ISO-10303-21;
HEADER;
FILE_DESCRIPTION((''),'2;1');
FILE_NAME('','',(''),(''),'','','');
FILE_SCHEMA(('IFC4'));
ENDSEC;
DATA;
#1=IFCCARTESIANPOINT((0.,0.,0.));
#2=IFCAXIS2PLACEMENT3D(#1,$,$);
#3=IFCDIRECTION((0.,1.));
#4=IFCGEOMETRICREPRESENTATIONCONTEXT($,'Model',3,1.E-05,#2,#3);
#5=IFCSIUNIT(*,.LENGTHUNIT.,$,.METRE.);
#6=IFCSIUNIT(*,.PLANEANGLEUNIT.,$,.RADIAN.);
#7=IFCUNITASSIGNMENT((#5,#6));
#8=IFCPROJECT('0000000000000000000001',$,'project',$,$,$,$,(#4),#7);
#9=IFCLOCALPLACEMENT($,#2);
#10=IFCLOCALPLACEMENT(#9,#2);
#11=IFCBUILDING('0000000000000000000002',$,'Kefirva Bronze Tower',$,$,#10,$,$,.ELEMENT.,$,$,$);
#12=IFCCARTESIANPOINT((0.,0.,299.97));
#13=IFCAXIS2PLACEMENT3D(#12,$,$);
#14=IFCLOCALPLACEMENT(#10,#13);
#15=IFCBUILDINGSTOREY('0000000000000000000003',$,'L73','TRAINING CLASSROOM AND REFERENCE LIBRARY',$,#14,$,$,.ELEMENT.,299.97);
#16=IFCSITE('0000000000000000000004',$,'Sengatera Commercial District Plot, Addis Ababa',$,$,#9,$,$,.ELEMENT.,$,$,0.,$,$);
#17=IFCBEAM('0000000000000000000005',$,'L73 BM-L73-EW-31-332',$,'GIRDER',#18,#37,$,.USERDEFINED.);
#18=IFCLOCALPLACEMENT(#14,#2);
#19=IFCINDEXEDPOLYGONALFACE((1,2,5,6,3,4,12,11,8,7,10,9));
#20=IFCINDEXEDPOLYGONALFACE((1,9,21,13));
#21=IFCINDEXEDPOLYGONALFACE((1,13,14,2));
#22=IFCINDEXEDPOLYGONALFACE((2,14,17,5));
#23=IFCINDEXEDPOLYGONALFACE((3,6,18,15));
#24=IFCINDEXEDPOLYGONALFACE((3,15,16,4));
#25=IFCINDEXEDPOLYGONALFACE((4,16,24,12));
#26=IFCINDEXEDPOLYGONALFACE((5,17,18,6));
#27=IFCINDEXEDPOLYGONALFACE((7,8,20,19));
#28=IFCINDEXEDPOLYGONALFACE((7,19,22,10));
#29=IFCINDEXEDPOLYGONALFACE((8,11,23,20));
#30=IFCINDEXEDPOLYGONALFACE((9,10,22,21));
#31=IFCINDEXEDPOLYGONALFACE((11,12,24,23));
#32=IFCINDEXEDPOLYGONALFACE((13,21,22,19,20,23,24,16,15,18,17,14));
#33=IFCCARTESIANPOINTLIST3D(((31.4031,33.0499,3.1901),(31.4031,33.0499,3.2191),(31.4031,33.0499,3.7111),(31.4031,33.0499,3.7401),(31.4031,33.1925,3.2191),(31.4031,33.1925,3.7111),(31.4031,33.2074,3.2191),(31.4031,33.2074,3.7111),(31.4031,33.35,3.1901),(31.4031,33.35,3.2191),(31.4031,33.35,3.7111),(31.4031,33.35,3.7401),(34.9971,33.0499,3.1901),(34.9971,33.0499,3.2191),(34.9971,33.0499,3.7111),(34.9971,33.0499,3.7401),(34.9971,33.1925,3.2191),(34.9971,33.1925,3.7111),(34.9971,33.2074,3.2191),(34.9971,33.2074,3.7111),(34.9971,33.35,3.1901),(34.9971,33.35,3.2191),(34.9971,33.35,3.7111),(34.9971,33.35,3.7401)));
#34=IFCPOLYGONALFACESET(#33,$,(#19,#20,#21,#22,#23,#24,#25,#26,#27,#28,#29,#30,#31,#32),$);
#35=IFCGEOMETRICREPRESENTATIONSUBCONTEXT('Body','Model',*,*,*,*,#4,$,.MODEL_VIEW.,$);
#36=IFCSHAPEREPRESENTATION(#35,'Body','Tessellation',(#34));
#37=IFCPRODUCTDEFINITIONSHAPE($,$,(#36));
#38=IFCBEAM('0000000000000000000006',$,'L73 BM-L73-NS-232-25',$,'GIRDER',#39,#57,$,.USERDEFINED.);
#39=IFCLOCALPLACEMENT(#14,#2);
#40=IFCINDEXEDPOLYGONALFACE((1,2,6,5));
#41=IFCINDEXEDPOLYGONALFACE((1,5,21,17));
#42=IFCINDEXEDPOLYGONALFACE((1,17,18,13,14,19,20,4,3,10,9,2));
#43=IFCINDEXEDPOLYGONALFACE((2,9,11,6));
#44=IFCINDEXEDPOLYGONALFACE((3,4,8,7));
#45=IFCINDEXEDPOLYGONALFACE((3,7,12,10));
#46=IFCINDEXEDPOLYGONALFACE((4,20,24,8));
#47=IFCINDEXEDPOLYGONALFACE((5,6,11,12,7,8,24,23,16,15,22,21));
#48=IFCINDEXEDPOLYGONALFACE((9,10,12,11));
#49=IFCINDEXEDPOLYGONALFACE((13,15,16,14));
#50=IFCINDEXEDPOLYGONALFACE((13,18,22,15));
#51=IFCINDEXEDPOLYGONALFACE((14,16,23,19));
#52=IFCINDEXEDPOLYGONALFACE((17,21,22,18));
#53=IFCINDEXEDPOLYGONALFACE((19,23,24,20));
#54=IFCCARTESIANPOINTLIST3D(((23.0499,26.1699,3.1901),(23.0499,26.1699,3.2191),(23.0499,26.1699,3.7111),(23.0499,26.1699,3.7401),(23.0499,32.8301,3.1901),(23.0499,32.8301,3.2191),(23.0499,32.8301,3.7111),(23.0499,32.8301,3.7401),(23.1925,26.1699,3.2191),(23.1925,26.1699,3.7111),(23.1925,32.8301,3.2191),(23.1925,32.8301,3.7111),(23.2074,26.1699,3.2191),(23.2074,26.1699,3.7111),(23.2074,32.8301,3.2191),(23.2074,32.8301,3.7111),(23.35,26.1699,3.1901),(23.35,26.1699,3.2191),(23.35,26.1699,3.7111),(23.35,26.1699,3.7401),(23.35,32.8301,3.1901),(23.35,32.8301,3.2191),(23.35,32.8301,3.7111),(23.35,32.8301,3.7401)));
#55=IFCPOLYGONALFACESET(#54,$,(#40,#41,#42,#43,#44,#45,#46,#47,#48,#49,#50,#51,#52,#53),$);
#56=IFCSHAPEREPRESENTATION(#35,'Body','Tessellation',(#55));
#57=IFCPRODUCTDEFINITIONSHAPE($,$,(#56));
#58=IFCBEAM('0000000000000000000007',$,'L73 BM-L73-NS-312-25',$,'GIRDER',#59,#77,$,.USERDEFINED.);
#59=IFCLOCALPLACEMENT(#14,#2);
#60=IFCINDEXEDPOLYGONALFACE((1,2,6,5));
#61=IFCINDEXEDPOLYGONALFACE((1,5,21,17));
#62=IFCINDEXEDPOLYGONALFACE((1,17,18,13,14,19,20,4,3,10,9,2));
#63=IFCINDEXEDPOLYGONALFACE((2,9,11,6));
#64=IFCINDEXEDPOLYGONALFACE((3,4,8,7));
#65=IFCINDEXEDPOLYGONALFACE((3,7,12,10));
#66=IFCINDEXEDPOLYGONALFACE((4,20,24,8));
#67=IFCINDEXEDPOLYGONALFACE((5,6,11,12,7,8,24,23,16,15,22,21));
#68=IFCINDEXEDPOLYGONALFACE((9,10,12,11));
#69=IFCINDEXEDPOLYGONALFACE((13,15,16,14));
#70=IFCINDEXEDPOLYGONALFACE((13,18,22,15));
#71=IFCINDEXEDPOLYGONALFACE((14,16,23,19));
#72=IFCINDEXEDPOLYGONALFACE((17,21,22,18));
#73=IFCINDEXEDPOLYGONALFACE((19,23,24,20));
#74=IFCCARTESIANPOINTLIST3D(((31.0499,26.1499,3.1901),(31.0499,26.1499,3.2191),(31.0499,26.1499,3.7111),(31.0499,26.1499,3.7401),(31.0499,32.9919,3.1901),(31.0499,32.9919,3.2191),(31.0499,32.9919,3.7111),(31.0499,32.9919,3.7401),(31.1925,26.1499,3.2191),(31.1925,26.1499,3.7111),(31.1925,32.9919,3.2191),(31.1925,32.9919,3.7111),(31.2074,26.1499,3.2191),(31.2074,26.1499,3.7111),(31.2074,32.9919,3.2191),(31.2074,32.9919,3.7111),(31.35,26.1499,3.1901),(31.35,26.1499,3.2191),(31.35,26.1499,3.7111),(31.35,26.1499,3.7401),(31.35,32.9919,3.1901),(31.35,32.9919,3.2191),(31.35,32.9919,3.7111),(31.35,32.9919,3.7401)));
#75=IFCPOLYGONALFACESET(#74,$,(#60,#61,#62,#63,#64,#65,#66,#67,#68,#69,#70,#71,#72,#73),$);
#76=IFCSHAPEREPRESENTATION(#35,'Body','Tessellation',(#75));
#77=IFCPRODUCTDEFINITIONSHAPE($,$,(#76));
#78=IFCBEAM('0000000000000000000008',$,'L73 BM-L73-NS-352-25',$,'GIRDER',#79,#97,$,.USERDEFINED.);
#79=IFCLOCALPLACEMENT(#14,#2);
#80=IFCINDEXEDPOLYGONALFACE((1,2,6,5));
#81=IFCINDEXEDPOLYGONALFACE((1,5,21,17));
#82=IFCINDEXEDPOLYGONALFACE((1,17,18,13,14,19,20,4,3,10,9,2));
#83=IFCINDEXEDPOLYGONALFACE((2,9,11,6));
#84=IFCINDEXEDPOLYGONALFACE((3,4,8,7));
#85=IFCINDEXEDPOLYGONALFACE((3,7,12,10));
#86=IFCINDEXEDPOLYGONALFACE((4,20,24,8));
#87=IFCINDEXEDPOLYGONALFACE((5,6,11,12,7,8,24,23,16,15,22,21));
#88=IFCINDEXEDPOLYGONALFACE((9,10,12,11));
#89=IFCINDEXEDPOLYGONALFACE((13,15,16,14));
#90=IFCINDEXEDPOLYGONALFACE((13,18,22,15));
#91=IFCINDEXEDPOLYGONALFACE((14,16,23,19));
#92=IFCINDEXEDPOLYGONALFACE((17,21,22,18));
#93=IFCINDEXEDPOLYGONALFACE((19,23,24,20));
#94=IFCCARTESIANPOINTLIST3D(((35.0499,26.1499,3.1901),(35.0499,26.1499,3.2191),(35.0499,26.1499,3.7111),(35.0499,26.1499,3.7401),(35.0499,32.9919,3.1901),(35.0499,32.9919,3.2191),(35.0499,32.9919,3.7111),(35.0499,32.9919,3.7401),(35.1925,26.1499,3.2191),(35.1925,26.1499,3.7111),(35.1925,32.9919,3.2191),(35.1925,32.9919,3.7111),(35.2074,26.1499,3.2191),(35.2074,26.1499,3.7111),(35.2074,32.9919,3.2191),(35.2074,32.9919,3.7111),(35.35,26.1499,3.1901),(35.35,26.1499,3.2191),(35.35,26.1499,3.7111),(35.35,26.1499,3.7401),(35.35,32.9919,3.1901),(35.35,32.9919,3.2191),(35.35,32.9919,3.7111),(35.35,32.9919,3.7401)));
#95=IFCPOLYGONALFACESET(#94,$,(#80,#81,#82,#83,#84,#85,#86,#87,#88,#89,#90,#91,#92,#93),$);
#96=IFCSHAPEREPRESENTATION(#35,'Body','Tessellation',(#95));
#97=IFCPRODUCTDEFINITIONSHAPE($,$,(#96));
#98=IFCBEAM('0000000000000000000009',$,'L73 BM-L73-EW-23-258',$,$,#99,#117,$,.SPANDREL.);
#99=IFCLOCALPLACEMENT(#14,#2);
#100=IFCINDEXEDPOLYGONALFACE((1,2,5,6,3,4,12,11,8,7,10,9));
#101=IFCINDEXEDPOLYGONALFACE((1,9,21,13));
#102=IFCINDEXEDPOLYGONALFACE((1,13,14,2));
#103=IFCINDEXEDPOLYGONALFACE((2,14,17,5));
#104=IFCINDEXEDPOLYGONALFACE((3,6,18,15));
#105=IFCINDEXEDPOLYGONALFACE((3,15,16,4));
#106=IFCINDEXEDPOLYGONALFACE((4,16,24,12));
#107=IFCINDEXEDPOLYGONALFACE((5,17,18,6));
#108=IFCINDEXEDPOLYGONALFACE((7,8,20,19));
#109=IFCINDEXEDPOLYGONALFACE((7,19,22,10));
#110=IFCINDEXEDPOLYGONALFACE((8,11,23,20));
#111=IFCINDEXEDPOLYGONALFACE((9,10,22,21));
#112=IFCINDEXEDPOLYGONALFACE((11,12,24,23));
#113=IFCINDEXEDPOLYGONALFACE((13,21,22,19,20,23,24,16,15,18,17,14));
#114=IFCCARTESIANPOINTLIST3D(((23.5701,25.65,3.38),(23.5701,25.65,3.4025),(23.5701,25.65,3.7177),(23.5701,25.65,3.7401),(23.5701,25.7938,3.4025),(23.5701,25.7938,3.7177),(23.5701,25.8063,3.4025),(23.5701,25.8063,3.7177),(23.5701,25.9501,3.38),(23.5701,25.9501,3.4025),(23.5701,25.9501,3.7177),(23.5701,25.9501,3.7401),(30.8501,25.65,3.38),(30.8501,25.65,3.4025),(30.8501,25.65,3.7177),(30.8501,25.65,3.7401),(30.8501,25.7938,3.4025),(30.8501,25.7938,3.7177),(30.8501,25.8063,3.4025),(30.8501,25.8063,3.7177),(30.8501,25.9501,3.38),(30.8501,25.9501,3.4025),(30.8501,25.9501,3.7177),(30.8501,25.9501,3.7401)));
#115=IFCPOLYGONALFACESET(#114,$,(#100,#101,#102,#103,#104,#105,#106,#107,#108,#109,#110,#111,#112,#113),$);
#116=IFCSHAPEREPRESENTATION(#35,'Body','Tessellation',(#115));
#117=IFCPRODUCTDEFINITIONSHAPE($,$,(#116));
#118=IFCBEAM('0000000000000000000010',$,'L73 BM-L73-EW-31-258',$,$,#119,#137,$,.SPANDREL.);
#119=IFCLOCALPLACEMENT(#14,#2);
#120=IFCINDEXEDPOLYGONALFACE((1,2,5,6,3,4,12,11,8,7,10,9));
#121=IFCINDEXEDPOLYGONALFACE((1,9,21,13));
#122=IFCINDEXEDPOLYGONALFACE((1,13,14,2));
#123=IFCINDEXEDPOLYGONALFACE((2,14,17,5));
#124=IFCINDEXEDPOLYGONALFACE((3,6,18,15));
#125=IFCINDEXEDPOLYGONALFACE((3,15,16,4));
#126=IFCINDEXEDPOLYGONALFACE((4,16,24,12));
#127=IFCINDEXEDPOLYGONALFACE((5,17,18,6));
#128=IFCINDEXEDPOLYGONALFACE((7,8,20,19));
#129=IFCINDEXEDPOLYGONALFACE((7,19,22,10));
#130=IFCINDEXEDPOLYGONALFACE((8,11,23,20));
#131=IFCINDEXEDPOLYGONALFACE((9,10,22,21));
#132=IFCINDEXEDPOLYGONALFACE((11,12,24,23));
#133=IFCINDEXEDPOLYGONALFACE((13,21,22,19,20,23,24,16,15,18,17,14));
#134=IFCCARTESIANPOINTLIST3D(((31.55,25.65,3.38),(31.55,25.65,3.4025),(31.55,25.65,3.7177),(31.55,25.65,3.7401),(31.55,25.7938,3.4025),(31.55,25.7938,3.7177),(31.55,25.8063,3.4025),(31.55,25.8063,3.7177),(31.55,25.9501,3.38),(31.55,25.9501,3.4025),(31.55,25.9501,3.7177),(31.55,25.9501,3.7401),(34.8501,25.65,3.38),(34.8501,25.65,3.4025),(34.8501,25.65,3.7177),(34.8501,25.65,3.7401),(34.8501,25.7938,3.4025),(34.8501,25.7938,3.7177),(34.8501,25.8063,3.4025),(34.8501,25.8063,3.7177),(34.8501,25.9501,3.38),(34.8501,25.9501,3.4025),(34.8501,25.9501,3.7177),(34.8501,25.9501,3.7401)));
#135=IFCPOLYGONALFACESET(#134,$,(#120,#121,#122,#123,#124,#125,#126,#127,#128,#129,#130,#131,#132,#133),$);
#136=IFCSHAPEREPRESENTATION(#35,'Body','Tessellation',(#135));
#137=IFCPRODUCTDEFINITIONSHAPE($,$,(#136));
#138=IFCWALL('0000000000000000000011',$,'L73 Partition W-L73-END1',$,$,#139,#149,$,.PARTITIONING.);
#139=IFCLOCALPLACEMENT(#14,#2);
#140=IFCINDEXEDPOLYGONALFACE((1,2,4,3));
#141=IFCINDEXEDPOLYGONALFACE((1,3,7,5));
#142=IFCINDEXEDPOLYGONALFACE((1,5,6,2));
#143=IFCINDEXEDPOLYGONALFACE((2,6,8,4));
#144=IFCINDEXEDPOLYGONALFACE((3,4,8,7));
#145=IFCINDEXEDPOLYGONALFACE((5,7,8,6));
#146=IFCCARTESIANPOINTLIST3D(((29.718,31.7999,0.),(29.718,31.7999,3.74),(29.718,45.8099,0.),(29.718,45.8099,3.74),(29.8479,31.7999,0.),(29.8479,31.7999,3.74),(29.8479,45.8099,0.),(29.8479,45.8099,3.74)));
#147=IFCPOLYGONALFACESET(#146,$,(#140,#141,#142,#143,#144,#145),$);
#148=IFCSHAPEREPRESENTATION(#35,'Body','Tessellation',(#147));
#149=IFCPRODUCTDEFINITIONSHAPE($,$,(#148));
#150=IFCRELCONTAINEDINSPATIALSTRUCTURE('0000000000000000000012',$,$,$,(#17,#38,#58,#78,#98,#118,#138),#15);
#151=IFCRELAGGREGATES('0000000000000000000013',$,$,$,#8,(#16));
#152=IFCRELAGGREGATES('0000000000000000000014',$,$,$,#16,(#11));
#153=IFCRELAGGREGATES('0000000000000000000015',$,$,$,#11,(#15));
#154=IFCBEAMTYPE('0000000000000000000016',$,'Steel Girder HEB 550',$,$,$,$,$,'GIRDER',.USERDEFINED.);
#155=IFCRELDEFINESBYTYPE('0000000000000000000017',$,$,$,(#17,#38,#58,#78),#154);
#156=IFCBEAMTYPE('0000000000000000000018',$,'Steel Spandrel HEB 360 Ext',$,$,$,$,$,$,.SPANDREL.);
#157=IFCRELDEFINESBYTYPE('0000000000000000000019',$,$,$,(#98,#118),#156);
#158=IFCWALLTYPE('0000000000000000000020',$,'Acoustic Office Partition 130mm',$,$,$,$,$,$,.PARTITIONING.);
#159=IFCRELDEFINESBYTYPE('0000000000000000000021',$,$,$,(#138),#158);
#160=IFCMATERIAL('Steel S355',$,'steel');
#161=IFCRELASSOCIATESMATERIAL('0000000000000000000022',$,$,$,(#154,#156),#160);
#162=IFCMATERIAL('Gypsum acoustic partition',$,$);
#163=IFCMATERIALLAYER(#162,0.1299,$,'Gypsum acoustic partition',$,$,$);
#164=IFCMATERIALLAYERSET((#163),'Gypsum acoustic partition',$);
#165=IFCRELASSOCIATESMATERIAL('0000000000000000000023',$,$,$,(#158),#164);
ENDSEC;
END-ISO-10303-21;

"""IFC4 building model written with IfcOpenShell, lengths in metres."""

from ifc_helpers import new_model, si_unit, direction, frame, frame_2d, origin, origin_2d, place, context, subcontext, project, spatial, rectangle, i_section, extrude, material, layer, layer_set, material_profile, profile_set, type_object, element, save


model = new_model("IFC4")

# Units and contexts
model_context = context("Model", 3, precision=1e-05, world=origin(), true_north=direction((0.0, 1.0)))
body_context = subcontext(model_context, "Body", "Model", "MODEL_VIEW")
ifc_project = project(units=[si_unit("LENGTHUNIT", "METRE"), si_unit("PLANEANGLEUNIT", "RADIAN")], contexts=[model_context])

# Site, building, storey
site_placement = place(None, origin())
site = spatial("IfcSite", under=ifc_project, at=site_placement, Name="Sengatera Commercial District Plot, Addis Ababa", CompositionType="ELEMENT", RefElevation=0.0)
building_placement = place(site_placement, origin())
building = spatial("IfcBuilding", under=site, at=building_placement, Name="Kefirva Bronze Tower", CompositionType="ELEMENT")
storey_placement = place(building_placement, frame((0.0, 0.0, 299.97)))
storey = spatial("IfcBuildingStorey", under=building, at=storey_placement, Name="L73", Description="TRAINING CLASSROOM AND REFERENCE LIBRARY", CompositionType="ELEMENT", Elevation=299.97)

# Beams
ifc_material_1 = material(Name="Steel S355", Category="steel")
ifc_material_profile_1 = material_profile(ifc_material_1, i_section(OverallWidth=0.3, OverallDepth=0.55, WebThickness=0.0149, FlangeThickness=0.0291, at=origin_2d()), Name="HEB 550")
ifc_profile_set_1 = profile_set([ifc_material_profile_1], Name="Steel S355")
beam_type_1 = type_object("IfcBeamType", Name="Steel Girder HEB 550", ElementType="GIRDER", PredefinedType="USERDEFINED", material=ifc_profile_set_1)
beam_1_placement = place(storey_placement, frame((31.4031, 33.2, 3.4651), z_axis=(1.0, 0.0, 0.0), x_axis=(0.0, 1.0, 0.0)))
element("IfcBeam", 1, at=beam_1_placement, inside=storey, type_object=beam_type_1, Name="L73 BM-L73-EW-31-332", ObjectType="GIRDER", PredefinedType="USERDEFINED", context=body_context, shape_type="SweptSolid", body=[
    extrude(i_section(OverallWidth=0.3, OverallDepth=0.55, WebThickness=0.0149, FlangeThickness=0.0291, at=origin_2d()), origin(), (0.0, 0.0, 1.0), 3.594),
])
beam_2_placement = place(storey_placement, frame((23.2, 26.1699, 3.4651), z_axis=(0.0, 1.0, 0.0), x_axis=(-1.0, 0.0, 0.0)))
element("IfcBeam", 2, at=beam_2_placement, inside=storey, type_object=beam_type_1, Name="L73 BM-L73-NS-232-25", ObjectType="GIRDER", PredefinedType="USERDEFINED", context=body_context, shape_type="SweptSolid", body=[
    extrude(i_section(OverallWidth=0.3, OverallDepth=0.55, WebThickness=0.0149, FlangeThickness=0.0291, at=origin_2d()), origin(), (0.0, 0.0, 1.0), 6.6602),
])
for number, where, z_axis, x_axis, name in (
    (3, (31.2, 26.1499, 3.4651), (0.0, 1.0, 0.0), (-1.0, 0.0, 0.0), "L73 BM-L73-NS-312-25"),
    (4, (35.2, 26.1499, 3.4651), (0.0, 1.0, 0.0), (-1.0, 0.0, 0.0), "L73 BM-L73-NS-352-25"),
):
    element("IfcBeam", number, at=place(storey_placement, frame(where, z_axis=z_axis, x_axis=x_axis)), inside=storey, type_object=beam_type_1, Name=name, ObjectType="GIRDER", PredefinedType="USERDEFINED", context=body_context, shape_type="SweptSolid", body=[
        extrude(i_section(OverallWidth=0.3, OverallDepth=0.55, WebThickness=0.0149, FlangeThickness=0.0291, at=origin_2d()), origin(), (0.0, 0.0, 1.0), 6.842),
    ])
ifc_material_profile_2 = material_profile(ifc_material_1, i_section(OverallWidth=0.3, OverallDepth=0.3601, WebThickness=0.0125, FlangeThickness=0.0225, at=origin_2d()), Name="HEB 360")
ifc_profile_set_2 = profile_set([ifc_material_profile_2], Name="Steel S355")
beam_type_2 = type_object("IfcBeamType", Name="Steel Spandrel HEB 360 Ext", PredefinedType="SPANDREL", material=ifc_profile_set_2)
beam_3_placement = place(storey_placement, frame((23.5701, 25.8, 3.5601), z_axis=(1.0, 0.0, 0.0), x_axis=(0.0, 1.0, 0.0)))
element("IfcBeam", 5, at=beam_3_placement, inside=storey, type_object=beam_type_2, Name="L73 BM-L73-EW-23-258", PredefinedType="SPANDREL", context=body_context, shape_type="SweptSolid", body=[
    extrude(i_section(OverallWidth=0.3, OverallDepth=0.3601, WebThickness=0.0125, FlangeThickness=0.0225, at=origin_2d()), origin(), (0.0, 0.0, 1.0), 7.28),
])
beam_4_placement = place(storey_placement, frame((31.55, 25.8, 3.5601), z_axis=(1.0, 0.0, 0.0), x_axis=(0.0, 1.0, 0.0)))
element("IfcBeam", 6, at=beam_4_placement, inside=storey, type_object=beam_type_2, Name="L73 BM-L73-EW-31-258", PredefinedType="SPANDREL", context=body_context, shape_type="SweptSolid", body=[
    extrude(i_section(OverallWidth=0.3, OverallDepth=0.3601, WebThickness=0.0125, FlangeThickness=0.0225, at=origin_2d()), origin(), (0.0, 0.0, 1.0), 3.3),
])

# Wall
ifc_material_2 = material(Name="Gypsum acoustic partition")
ifc_layer_1 = layer(ifc_material_2, 0.1299, Name="Gypsum acoustic partition")
ifc_layer_set_1 = layer_set([ifc_layer_1], Name="Gypsum acoustic partition")
wall_type_1 = type_object("IfcWallType", Name="Acoustic Office Partition 130mm", PredefinedType="PARTITIONING", material=ifc_layer_set_1)
wall_1_placement = place(storey_placement, frame((29.783, 31.8, 0.0), z_axis=(0.0, 0.0, 1.0), x_axis=(0.0, 1.0, 0.0)))
element("IfcWall", 7, at=wall_1_placement, inside=storey, type_object=wall_type_1, Name="L73 Partition W-L73-END1", PredefinedType="PARTITIONING", context=body_context, shape_type="SweptSolid", body=[
    extrude(rectangle(XDim=14.01, YDim=0.1299, at=frame_2d((7.0049, 0.0))), origin(), (0.0, 0.0, 1.0), 3.74),
])

save(model, "model.ifc")
